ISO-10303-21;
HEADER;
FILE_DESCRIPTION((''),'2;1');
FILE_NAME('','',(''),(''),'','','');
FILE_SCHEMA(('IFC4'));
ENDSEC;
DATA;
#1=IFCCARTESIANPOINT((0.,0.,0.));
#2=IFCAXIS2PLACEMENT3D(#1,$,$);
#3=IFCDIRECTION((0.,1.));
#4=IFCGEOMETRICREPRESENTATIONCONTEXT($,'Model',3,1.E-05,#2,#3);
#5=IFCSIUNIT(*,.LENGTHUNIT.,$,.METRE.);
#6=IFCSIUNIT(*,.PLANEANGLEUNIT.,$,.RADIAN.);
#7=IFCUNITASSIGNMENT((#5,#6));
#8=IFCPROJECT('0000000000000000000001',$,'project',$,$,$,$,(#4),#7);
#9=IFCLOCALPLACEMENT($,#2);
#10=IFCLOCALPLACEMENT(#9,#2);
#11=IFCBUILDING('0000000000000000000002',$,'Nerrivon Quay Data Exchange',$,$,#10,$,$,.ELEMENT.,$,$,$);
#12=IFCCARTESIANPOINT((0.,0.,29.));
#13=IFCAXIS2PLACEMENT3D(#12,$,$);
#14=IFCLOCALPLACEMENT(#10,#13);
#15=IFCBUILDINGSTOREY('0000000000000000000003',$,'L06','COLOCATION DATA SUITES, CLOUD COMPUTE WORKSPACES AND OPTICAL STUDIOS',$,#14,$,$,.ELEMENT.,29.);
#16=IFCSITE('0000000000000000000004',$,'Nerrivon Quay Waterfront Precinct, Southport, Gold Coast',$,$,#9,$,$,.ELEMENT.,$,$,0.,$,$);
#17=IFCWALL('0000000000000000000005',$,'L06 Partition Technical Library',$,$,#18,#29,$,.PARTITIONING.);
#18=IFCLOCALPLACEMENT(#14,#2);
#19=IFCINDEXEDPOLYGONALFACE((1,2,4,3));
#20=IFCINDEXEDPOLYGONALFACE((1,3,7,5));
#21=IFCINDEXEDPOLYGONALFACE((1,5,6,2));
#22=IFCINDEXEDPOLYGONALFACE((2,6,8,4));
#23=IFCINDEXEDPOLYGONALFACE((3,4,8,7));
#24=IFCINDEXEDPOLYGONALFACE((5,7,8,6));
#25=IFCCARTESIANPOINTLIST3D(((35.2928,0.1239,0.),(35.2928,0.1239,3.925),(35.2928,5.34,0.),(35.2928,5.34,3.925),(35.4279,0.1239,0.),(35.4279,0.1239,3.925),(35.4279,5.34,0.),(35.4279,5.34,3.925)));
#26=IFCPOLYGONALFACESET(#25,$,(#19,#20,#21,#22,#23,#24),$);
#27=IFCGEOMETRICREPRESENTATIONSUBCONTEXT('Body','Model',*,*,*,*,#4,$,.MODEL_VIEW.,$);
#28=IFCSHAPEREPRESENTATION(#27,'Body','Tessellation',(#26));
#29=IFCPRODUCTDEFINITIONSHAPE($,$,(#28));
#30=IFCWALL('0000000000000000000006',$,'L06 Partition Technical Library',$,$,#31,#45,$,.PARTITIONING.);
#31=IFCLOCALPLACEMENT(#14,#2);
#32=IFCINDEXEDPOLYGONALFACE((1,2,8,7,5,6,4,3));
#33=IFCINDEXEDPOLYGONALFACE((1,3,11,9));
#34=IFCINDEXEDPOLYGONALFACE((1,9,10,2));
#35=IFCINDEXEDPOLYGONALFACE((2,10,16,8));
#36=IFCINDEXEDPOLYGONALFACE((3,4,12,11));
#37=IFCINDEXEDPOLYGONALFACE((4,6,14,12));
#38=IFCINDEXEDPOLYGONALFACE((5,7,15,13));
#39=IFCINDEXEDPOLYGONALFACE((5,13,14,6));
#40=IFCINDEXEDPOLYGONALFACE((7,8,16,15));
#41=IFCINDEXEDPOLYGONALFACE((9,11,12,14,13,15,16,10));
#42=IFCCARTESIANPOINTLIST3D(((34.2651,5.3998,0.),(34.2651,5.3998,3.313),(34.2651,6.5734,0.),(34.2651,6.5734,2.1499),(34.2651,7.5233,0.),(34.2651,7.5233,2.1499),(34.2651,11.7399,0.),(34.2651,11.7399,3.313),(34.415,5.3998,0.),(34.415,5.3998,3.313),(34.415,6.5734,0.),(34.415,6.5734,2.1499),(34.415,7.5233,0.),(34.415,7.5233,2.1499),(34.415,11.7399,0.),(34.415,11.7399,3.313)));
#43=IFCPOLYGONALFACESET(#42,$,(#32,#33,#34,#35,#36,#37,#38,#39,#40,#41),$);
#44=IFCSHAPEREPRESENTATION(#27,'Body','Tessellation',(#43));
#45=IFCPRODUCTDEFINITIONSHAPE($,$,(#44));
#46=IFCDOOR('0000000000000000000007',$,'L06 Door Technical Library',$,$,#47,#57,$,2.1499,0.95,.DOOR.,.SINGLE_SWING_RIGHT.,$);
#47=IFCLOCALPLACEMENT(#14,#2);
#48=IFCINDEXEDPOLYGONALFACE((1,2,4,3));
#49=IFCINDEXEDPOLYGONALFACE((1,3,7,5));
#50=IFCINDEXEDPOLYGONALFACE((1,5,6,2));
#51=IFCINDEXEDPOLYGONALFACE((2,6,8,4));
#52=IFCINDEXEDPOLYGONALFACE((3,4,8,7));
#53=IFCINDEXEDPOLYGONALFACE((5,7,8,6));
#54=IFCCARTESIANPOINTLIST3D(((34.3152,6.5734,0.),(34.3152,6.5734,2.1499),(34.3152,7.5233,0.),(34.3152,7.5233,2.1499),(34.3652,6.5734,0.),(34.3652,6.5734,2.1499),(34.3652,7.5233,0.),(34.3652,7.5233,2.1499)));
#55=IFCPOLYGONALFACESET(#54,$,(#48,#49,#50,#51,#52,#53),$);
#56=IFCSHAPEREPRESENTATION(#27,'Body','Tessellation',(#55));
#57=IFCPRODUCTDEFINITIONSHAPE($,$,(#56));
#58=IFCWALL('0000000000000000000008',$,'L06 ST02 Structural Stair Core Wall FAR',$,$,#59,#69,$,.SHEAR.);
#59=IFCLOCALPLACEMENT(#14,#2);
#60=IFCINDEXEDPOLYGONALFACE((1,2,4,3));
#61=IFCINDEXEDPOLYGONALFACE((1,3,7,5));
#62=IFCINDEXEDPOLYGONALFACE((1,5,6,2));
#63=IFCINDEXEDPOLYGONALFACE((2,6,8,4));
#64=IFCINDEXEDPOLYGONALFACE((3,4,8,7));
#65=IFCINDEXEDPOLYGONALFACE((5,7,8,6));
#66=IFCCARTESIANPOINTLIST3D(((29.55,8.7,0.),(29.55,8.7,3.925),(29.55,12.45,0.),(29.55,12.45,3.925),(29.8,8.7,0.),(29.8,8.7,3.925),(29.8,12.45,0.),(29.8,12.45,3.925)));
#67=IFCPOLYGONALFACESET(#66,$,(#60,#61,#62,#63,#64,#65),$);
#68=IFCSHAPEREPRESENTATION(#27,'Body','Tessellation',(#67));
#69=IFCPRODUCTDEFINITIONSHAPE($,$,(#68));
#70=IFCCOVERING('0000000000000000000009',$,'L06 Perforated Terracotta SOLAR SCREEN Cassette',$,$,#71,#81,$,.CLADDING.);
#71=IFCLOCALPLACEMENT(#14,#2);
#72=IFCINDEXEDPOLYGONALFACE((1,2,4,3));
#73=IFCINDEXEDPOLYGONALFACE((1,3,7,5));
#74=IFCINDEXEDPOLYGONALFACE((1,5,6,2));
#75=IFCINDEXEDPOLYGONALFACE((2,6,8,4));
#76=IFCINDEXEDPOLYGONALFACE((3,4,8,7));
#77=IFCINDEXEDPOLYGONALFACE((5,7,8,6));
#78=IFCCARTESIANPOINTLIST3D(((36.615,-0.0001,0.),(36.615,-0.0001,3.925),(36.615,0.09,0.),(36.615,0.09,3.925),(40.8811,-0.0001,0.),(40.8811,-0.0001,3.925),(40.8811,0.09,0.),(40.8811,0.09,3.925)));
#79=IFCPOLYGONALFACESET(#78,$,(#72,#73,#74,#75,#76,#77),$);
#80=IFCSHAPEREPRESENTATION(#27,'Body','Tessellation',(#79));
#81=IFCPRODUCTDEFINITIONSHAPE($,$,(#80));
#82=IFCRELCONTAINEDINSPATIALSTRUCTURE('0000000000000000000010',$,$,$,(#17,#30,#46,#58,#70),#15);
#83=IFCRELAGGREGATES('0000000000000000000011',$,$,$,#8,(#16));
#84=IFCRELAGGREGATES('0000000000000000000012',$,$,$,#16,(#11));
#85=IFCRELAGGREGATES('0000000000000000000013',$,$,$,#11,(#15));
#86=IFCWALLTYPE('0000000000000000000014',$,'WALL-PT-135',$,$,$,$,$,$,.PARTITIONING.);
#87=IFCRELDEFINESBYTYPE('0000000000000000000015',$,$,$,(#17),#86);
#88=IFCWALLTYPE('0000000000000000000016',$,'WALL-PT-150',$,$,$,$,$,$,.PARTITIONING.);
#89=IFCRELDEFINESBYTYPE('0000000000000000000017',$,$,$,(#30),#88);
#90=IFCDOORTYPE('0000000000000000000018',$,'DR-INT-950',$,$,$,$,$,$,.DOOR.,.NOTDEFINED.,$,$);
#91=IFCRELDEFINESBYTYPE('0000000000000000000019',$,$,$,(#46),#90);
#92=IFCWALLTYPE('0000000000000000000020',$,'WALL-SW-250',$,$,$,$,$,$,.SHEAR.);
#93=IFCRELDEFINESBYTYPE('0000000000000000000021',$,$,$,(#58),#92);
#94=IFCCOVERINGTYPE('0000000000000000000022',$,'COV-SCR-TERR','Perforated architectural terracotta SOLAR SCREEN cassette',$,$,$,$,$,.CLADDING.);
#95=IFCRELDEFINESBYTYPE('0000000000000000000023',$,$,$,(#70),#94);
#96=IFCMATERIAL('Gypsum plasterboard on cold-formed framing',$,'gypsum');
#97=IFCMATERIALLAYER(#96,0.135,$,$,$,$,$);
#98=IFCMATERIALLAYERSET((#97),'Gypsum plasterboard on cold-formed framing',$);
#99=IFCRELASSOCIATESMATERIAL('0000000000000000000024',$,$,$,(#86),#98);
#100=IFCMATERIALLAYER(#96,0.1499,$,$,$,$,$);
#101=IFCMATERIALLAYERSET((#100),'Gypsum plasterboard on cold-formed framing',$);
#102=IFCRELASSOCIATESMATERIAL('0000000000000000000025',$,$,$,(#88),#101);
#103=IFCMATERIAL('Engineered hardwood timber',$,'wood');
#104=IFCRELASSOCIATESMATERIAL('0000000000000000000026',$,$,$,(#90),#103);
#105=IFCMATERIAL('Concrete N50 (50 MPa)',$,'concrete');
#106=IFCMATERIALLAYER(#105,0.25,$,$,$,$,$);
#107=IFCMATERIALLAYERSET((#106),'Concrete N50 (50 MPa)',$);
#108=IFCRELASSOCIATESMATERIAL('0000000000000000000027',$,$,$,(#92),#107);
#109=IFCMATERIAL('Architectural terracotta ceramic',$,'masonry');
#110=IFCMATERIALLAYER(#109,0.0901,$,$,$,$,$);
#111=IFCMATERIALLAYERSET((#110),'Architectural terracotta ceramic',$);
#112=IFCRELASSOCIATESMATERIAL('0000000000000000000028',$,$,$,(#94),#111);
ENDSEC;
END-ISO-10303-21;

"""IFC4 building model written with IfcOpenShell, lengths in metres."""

from ifc_helpers import new_model, si_unit, direction, frame, frame_2d, origin, origin_2d, place, context, subcontext, project, spatial, rectangle, extrude, material, layer, layer_set, type_object, element, fill, save


model = new_model("IFC4")

# Units and contexts
model_context = context("Model", 3, precision=1e-05, world=origin(), true_north=direction((0.0, 1.0)))
body_context = subcontext(model_context, "Body", "Model", "MODEL_VIEW")
ifc_project = project(units=[si_unit("LENGTHUNIT", "METRE"), si_unit("PLANEANGLEUNIT", "RADIAN")], contexts=[model_context])

# Site, building, storey
site_placement = place(None, origin())
site = spatial("IfcSite", under=ifc_project, at=site_placement, Name="Nerrivon Quay Waterfront Precinct, Southport, Gold Coast", CompositionType="ELEMENT", RefElevation=0.0)
building_placement = place(site_placement, origin())
building = spatial("IfcBuilding", under=site, at=building_placement, Name="Nerrivon Quay Data Exchange", CompositionType="ELEMENT")
storey_placement = place(building_placement, frame((0.0, 0.0, 29.0)))
storey = spatial("IfcBuildingStorey", under=building, at=storey_placement, Name="L06", Description="COLOCATION DATA SUITES, CLOUD COMPUTE WORKSPACES AND OPTICAL STUDIOS", CompositionType="ELEMENT", Elevation=29.0)

# Shared definitions
ifc_material_1 = material(Name="Gypsum plasterboard on cold-formed framing", Category="gypsum")

# Shared definitions
ifc_material_2 = material(Name="Engineered hardwood timber", Category="wood")

# Wall
ifc_layer_1 = layer(ifc_material_1, 0.135)
ifc_layer_set_1 = layer_set([ifc_layer_1], Name="Gypsum plasterboard on cold-formed framing")
wall_type_1 = type_object("IfcWallType", Name="WALL-PT-135", PredefinedType="PARTITIONING", material=ifc_layer_set_1)
wall_1_placement = place(storey_placement, frame((35.3604, 0.124, 0.0), z_axis=(0.0, 0.0, 1.0), x_axis=(0.0, 1.0, 0.0)))
element("IfcWall", 1, at=wall_1_placement, inside=storey, type_object=wall_type_1, Name="L06 Partition Technical Library", PredefinedType="PARTITIONING", context=body_context, shape_type="SweptSolid", body=[
    extrude(rectangle(XDim=5.2161, YDim=0.135, at=frame_2d((2.6079, 0.0))), origin(), (0.0, 0.0, 1.0), 3.925),
])

# Wall, opening, door
ifc_layer_2 = layer(ifc_material_1, 0.1499)
ifc_layer_set_2 = layer_set([ifc_layer_2], Name="Gypsum plasterboard on cold-formed framing")
wall_type_2 = type_object("IfcWallType", Name="WALL-PT-150", PredefinedType="PARTITIONING", material=ifc_layer_set_2)
wall_2_placement = place(storey_placement, frame((34.3401, 5.3999, 0.0), z_axis=(0.0, 0.0, 1.0), x_axis=(0.0, 1.0, 0.0)))
wall_2 = element("IfcWall", 2, at=wall_2_placement, inside=storey, type_object=wall_type_2, Name="L06 Partition Technical Library", PredefinedType="PARTITIONING", context=body_context, shape_type="SweptSolid", body=[
    extrude(rectangle(XDim=6.3401, YDim=0.1499, at=frame_2d((3.1699, 0.0))), origin(), (0.0, 0.0, 1.0), 3.313),
])
opening_1_placement = place(wall_2_placement, frame((1.1733, 0.0, 0.0)))
opening_1 = element("IfcOpeningElement", 3, at=opening_1_placement, cuts=wall_2, PredefinedType="OPENING", context=body_context, shape_type="SweptSolid", body=[
    extrude(rectangle(XDim=0.95, YDim=2.1499, at=frame_2d((0.4751, 1.075))), frame((0.0, 0.085, 0.0), z_axis=(0.0, -1.0, 0.0), x_axis=(1.0, 0.0, 0.0)), (0.0, 0.0, 1.0), 0.1699),
])
door_type_1 = type_object("IfcDoorType", Name="DR-INT-950", OperationType="NOTDEFINED", PredefinedType="DOOR", material=ifc_material_2)
door_1_placement = place(opening_1_placement, origin())
door_1 = element("IfcDoor", 4, at=door_1_placement, inside=storey, type_object=door_type_1, Name="L06 Door Technical Library", OperationType="SINGLE_SWING_RIGHT", OverallHeight=2.1499, OverallWidth=0.95, PredefinedType="DOOR", context=body_context, shape_type="SweptSolid", body=[
    extrude(rectangle(XDim=0.95, YDim=2.1499, at=frame_2d((0.4751, 1.075))), frame((0.0, 0.0249, 0.0), z_axis=(0.0, -1.0, 0.0), x_axis=(1.0, 0.0, 0.0)), (0.0, 0.0, 1.0), 0.05),
])
fill(opening_1, door_1)

# Wall
ifc_material_3 = material(Name="Concrete N50 (50 MPa)", Category="concrete")
ifc_layer_3 = layer(ifc_material_3, 0.25)
ifc_layer_set_3 = layer_set([ifc_layer_3], Name="Concrete N50 (50 MPa)")
wall_type_3 = type_object("IfcWallType", Name="WALL-SW-250", PredefinedType="SHEAR", material=ifc_layer_set_3)
wall_3_placement = place(storey_placement, frame((29.675, 8.7, 0.0), z_axis=(0.0, 0.0, 1.0), x_axis=(0.0, 1.0, 0.0)))
element("IfcWall", 5, at=wall_3_placement, inside=storey, type_object=wall_type_3, Name="L06 ST02 Structural Stair Core Wall FAR", PredefinedType="SHEAR", context=body_context, shape_type="SweptSolid", body=[
    extrude(rectangle(XDim=3.75, YDim=0.25, at=frame_2d((1.875, 0.0))), origin(), (0.0, 0.0, 1.0), 3.925),
])

# Covering
ifc_material_4 = material(Name="Architectural terracotta ceramic", Category="masonry")
ifc_layer_4 = layer(ifc_material_4, 0.0901)
ifc_layer_set_4 = layer_set([ifc_layer_4], Name="Architectural terracotta ceramic")
covering_type = type_object("IfcCoveringType", Name="COV-SCR-TERR", Description="Perforated architectural terracotta SOLAR SCREEN cassette", PredefinedType="CLADDING", material=ifc_layer_set_4)
covering_placement = place(storey_placement, frame((38.748, 0.0449, 0.0), z_axis=(0.0, 0.0, 1.0), x_axis=(-1.0, 0.0, 0.0)))
element("IfcCovering", 6, at=covering_placement, inside=storey, type_object=covering_type, Name="L06 Perforated Terracotta SOLAR SCREEN Cassette", PredefinedType="CLADDING", context=body_context, shape_type="SweptSolid", body=[
    extrude(rectangle(XDim=4.2661, YDim=0.0901, at=origin_2d()), origin(), (0.0, 0.0, 1.0), 3.925),
])

save(model, "model.ifc")
